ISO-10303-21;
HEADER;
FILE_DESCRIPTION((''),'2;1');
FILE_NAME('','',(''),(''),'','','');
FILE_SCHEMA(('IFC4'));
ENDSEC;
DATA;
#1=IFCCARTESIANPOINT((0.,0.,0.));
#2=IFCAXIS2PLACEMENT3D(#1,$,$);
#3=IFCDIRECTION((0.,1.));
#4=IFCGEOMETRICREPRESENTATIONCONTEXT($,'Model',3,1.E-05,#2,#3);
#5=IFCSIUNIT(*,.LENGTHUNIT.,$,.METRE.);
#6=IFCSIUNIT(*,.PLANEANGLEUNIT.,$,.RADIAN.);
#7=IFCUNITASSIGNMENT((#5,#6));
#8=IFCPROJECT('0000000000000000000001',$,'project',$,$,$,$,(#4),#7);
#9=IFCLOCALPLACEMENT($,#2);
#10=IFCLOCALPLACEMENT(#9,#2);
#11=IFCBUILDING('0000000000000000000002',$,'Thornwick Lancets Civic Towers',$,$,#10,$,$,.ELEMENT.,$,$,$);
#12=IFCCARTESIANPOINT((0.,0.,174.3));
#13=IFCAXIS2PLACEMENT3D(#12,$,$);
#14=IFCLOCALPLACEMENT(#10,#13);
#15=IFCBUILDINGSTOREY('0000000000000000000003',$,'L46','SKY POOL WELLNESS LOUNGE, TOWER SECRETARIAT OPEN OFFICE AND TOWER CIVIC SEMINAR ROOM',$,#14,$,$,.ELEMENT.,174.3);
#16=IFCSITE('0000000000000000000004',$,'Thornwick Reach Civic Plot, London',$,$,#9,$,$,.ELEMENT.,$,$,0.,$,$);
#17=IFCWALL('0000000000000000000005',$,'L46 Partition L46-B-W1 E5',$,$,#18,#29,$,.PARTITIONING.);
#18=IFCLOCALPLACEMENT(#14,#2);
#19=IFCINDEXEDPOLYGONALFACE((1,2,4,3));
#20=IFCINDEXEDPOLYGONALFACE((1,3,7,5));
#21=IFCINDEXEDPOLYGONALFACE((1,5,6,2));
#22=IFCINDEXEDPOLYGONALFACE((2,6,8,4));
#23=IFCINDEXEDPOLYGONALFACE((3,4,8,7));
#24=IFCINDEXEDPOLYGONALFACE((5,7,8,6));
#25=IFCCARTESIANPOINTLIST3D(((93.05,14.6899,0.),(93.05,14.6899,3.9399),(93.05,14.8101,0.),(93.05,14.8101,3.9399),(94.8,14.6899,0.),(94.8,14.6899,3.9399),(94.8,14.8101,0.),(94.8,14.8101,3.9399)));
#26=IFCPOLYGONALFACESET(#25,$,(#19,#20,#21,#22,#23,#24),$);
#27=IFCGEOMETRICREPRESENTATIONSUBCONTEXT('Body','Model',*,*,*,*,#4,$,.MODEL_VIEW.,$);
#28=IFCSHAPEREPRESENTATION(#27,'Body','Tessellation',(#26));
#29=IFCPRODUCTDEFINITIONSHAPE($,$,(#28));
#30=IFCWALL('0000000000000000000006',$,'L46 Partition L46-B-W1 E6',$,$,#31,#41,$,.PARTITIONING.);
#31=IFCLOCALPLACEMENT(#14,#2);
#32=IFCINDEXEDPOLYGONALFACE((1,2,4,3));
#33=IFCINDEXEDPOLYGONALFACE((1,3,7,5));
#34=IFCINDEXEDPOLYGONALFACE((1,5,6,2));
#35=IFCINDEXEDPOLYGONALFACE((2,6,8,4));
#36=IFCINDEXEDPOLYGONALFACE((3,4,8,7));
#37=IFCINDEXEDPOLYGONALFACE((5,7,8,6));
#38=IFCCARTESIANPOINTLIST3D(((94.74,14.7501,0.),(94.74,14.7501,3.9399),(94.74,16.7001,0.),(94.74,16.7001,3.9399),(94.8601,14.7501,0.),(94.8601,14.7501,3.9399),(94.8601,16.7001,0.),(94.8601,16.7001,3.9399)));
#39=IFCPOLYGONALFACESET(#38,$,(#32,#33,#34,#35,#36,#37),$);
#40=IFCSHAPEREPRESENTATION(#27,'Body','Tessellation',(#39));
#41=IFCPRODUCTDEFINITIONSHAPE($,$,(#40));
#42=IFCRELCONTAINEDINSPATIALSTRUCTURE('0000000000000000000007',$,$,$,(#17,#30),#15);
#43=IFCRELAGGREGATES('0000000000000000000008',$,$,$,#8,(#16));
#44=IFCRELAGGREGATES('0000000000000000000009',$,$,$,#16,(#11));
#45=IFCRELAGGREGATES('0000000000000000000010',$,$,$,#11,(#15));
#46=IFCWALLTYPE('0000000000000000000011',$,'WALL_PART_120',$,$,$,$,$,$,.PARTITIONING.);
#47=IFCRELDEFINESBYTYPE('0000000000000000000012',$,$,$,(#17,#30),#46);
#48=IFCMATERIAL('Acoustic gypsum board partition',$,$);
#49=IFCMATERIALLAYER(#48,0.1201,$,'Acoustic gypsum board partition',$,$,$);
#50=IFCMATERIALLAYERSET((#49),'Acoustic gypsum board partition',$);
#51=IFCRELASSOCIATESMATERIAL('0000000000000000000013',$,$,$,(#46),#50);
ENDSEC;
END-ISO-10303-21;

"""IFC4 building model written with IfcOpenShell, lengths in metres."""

from ifc_helpers import new_model, si_unit, direction, frame, frame_2d, origin, place, context, subcontext, project, spatial, rectangle, extrude, material, layer, layer_set, type_object, element, save


model = new_model("IFC4")

# Units and contexts
model_context = context("Model", 3, precision=1e-05, world=origin(), true_north=direction((0.0, 1.0)))
body_context = subcontext(model_context, "Body", "Model", "MODEL_VIEW")
ifc_project = project(units=[si_unit("LENGTHUNIT", "METRE"), si_unit("PLANEANGLEUNIT", "RADIAN")], contexts=[model_context])

# Site, building, storey
site_placement = place(None, origin())
site = spatial("IfcSite", under=ifc_project, at=site_placement, Name="Thornwick Reach Civic Plot, London", CompositionType="ELEMENT", RefElevation=0.0)
building_placement = place(site_placement, origin())
building = spatial("IfcBuilding", under=site, at=building_placement, Name="Thornwick Lancets Civic Towers", CompositionType="ELEMENT")
storey_placement = place(building_placement, frame((0.0, 0.0, 174.3)))
storey = spatial("IfcBuildingStorey", under=building, at=storey_placement, Name="L46", Description="SKY POOL WELLNESS LOUNGE, TOWER SECRETARIAT OPEN OFFICE AND TOWER CIVIC SEMINAR ROOM", CompositionType="ELEMENT", Elevation=174.3)

# Shared definitions
ifc_material_1 = material(Name="Acoustic gypsum board partition")
ifc_layer_1 = layer(ifc_material_1, 0.1201, Name="Acoustic gypsum board partition")
ifc_layer_set_1 = layer_set([ifc_layer_1], Name="Acoustic gypsum board partition")
wall_type_1 = type_object("IfcWallType", Name="WALL_PART_120", PredefinedType="PARTITIONING", material=ifc_layer_set_1)

# Walls
wall_1_placement = place(storey_placement, frame((93.05, 14.75, 0.0), z_axis=(0.0, 0.0, 1.0), x_axis=(1.0, 0.0, 0.0)))
element("IfcWall", 1, at=wall_1_placement, inside=storey, type_object=wall_type_1, Name="L46 Partition L46-B-W1 E5", PredefinedType="PARTITIONING", context=body_context, shape_type="SweptSolid", body=[
    extrude(rectangle(XDim=1.75, YDim=0.1201, at=frame_2d((0.875, 0.0))), origin(), (0.0, 0.0, 1.0), 3.9399),
])
wall_2_placement = place(storey_placement, frame((94.8, 14.75, 0.0), z_axis=(0.0, 0.0, 1.0), x_axis=(0.0, 1.0, 0.0)))
element("IfcWall", 2, at=wall_2_placement, inside=storey, type_object=wall_type_1, Name="L46 Partition L46-B-W1 E6", PredefinedType="PARTITIONING", context=body_context, shape_type="SweptSolid", body=[
    extrude(rectangle(XDim=1.95, YDim=0.1201, at=frame_2d((0.9751, 0.0))), origin(), (0.0, 0.0, 1.0), 3.9399),
])

save(model, "model.ifc")
